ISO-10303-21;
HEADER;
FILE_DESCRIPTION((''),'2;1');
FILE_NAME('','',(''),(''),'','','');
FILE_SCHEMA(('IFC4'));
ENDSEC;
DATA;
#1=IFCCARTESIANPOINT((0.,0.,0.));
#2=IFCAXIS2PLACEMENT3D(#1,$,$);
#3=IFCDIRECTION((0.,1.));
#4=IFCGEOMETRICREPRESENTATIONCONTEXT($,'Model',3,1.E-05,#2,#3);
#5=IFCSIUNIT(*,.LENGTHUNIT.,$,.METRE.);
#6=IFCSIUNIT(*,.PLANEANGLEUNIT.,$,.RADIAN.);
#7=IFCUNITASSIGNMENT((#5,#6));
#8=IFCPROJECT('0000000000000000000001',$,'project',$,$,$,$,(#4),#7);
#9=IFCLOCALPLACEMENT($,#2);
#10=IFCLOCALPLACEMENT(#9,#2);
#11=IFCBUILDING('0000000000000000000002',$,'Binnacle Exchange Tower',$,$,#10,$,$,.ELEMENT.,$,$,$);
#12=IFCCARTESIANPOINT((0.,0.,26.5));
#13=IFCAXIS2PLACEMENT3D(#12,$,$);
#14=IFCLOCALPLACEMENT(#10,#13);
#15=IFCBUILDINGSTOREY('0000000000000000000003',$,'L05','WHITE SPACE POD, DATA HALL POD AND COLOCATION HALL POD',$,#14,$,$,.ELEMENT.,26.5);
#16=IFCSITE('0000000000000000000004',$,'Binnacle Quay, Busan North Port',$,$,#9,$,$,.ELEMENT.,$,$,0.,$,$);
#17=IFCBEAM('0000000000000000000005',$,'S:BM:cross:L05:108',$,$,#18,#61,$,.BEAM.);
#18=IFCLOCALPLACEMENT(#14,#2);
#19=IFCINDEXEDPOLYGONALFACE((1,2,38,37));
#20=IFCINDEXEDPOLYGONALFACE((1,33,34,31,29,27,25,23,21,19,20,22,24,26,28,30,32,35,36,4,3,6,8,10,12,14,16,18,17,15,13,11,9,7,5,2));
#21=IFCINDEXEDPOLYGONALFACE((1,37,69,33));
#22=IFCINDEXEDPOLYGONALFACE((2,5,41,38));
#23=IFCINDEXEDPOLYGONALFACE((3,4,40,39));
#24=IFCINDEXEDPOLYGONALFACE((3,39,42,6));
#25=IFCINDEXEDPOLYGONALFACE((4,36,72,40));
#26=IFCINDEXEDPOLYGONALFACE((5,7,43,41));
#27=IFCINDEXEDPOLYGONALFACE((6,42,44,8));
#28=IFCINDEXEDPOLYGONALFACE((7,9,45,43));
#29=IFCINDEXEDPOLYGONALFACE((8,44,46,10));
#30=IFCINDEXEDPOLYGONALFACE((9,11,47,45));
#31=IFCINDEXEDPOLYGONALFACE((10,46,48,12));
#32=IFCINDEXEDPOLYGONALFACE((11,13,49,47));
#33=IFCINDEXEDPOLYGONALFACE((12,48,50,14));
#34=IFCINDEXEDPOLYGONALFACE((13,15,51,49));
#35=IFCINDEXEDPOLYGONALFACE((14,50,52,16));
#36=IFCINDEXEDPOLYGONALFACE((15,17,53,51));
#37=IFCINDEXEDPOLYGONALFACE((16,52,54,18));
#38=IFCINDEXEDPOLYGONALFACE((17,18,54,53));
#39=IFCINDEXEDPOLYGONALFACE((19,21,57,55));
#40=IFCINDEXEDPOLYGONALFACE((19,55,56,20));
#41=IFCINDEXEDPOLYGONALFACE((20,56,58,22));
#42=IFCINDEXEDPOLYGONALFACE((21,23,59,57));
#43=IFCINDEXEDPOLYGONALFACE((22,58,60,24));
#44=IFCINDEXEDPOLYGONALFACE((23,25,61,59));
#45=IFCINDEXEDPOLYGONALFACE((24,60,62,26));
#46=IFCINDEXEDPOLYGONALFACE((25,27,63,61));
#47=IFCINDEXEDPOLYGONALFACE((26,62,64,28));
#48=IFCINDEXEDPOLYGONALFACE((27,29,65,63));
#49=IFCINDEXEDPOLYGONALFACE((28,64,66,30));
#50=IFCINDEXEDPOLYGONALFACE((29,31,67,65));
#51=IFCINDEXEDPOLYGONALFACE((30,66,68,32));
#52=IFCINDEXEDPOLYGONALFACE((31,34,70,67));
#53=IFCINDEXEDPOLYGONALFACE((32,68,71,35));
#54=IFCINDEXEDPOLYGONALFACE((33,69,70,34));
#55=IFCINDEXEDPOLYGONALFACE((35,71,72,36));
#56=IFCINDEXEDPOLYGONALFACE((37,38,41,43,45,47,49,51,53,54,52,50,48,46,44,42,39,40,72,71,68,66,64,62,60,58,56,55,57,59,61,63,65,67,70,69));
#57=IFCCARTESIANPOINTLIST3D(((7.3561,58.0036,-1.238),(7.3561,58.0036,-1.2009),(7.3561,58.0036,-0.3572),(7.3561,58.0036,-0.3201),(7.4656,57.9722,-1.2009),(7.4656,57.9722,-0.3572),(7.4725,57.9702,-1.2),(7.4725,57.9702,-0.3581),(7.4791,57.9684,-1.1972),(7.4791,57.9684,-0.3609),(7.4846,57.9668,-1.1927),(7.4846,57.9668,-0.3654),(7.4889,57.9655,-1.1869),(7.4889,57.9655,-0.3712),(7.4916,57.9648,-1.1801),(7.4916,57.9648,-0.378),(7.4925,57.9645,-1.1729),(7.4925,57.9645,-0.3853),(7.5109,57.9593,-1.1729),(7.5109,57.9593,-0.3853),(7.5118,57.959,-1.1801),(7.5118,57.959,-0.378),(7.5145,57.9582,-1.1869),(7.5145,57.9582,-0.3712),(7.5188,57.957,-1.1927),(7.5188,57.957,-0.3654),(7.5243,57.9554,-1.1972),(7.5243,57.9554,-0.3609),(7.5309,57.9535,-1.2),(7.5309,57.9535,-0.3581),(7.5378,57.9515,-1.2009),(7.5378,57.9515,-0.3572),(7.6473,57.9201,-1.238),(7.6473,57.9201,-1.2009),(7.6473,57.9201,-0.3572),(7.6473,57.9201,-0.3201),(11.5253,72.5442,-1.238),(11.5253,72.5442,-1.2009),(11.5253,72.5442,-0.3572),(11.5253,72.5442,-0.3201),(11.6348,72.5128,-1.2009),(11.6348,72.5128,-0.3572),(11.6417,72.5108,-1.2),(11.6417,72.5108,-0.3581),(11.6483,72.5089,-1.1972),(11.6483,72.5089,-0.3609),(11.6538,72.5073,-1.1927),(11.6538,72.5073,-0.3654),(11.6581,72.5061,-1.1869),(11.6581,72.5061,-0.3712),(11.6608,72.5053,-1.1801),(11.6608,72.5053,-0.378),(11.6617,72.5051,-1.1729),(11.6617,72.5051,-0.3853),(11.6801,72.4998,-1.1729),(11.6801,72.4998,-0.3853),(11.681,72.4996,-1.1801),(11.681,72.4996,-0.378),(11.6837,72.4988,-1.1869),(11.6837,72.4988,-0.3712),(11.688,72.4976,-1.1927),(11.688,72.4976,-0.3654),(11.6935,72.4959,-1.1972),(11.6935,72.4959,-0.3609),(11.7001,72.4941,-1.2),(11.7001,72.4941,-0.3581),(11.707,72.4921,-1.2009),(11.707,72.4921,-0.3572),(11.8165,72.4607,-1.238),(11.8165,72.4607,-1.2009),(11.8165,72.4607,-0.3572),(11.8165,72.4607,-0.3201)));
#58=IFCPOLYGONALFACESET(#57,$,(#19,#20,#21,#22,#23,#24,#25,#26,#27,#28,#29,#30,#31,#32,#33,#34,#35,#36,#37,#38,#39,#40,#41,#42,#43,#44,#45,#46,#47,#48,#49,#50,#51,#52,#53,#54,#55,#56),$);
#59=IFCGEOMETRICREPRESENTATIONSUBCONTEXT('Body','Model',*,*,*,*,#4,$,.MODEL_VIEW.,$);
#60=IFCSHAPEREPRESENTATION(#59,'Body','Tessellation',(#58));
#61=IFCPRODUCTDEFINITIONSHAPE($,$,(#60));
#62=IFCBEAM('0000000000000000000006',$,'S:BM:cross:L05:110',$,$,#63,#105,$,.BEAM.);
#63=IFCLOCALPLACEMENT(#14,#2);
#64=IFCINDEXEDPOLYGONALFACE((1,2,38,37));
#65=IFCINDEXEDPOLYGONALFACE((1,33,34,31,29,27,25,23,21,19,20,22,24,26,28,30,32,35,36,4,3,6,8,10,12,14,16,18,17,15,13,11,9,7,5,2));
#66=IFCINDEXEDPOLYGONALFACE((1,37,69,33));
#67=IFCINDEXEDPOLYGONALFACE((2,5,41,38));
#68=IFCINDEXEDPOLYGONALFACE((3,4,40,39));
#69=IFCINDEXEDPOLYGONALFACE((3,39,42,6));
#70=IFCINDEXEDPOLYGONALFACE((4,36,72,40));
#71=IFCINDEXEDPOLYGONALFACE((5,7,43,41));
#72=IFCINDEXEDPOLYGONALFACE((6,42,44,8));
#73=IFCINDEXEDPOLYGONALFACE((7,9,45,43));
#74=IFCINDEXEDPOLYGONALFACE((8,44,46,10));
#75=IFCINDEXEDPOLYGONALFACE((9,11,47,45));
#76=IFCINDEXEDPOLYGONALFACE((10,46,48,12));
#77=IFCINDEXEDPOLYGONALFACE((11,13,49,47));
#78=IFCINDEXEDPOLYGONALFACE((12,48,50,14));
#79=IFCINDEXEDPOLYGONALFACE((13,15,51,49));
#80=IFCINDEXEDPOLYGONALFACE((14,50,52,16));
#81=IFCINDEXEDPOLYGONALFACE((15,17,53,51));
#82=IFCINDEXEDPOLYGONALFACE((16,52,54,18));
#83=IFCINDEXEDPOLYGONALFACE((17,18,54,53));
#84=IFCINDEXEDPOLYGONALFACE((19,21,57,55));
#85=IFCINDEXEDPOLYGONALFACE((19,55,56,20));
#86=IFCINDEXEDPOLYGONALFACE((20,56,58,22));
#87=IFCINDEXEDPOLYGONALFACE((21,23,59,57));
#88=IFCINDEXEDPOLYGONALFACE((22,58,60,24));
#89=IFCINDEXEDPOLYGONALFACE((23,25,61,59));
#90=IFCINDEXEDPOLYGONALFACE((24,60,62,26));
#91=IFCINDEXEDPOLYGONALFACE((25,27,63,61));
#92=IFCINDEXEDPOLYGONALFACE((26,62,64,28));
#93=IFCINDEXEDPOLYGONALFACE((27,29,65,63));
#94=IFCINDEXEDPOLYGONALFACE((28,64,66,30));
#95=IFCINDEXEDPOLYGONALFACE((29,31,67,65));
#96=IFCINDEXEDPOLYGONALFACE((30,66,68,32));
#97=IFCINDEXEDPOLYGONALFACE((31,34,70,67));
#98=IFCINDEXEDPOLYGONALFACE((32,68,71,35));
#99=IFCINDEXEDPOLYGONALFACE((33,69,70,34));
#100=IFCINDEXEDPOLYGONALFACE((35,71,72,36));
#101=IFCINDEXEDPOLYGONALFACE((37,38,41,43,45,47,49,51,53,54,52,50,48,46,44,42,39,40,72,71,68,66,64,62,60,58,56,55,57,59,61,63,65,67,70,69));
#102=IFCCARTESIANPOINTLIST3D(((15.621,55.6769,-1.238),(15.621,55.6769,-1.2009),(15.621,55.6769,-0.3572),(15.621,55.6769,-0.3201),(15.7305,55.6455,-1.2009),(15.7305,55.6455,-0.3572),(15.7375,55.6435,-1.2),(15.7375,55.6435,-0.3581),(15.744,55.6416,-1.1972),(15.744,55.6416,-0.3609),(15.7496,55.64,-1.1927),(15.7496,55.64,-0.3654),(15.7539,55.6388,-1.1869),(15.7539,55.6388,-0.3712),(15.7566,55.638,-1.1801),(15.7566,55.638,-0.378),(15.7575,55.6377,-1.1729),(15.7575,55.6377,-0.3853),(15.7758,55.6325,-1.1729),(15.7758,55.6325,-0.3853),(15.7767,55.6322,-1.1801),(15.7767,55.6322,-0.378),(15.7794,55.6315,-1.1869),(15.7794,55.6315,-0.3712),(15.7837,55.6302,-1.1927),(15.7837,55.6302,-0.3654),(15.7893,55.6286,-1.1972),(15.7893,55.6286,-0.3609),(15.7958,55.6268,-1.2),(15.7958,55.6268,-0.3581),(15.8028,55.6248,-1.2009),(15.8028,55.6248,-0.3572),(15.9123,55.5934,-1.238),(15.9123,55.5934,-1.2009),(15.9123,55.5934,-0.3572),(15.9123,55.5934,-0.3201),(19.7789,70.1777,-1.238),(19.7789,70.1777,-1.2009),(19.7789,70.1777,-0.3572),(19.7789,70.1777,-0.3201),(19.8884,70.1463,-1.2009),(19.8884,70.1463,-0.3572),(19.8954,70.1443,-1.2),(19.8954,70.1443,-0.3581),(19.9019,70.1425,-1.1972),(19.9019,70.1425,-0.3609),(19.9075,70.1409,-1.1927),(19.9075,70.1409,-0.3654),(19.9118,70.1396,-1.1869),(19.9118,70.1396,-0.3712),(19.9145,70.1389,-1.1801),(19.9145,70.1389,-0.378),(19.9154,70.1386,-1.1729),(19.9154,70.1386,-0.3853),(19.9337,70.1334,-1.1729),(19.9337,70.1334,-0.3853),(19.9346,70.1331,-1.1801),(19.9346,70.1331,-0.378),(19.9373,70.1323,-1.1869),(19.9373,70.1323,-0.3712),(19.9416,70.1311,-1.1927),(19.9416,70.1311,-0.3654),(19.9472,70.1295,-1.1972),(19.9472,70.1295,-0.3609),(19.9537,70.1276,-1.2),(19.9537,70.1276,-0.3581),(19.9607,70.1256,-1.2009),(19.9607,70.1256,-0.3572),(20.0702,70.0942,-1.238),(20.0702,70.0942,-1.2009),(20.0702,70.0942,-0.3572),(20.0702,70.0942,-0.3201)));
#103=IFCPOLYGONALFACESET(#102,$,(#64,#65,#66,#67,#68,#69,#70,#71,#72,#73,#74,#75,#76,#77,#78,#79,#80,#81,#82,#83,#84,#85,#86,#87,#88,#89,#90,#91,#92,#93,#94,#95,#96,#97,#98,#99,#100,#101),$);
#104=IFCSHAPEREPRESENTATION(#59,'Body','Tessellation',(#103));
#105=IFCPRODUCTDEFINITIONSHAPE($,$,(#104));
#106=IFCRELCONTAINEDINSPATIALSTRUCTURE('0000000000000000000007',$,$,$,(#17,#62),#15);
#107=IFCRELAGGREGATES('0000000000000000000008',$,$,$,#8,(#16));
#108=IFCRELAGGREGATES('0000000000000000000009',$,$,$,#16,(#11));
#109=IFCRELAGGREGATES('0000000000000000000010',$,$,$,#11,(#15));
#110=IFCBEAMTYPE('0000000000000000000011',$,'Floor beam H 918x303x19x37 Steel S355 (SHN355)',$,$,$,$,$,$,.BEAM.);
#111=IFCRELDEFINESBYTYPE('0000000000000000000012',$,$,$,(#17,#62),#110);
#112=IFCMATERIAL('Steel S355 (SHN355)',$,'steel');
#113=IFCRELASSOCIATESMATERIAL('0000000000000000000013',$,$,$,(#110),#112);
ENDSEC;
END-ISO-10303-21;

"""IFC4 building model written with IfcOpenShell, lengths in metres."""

from ifc_helpers import new_model, si_unit, direction, frame, origin, origin_2d, place, context, subcontext, project, spatial, i_section, extrude, material, material_profile, profile_set, type_object, element, save


model = new_model("IFC4")

# Units and contexts
model_context = context("Model", 3, precision=1e-05, world=origin(), true_north=direction((0.0, 1.0)))
body_context = subcontext(model_context, "Body", "Model", "MODEL_VIEW")
ifc_project = project(units=[si_unit("LENGTHUNIT", "METRE"), si_unit("PLANEANGLEUNIT", "RADIAN")], contexts=[model_context])

# Site, building, storey
site_placement = place(None, origin())
site = spatial("IfcSite", under=ifc_project, at=site_placement, Name="Binnacle Quay, Busan North Port", CompositionType="ELEMENT", RefElevation=0.0)
building_placement = place(site_placement, origin())
building = spatial("IfcBuilding", under=site, at=building_placement, Name="Binnacle Exchange Tower", CompositionType="ELEMENT")
storey_placement = place(building_placement, frame((0.0, 0.0, 26.5)))
storey = spatial("IfcBuildingStorey", under=building, at=storey_placement, Name="L05", Description="WHITE SPACE POD, DATA HALL POD AND COLOCATION HALL POD", CompositionType="ELEMENT", Elevation=26.5)

# Beams
ifc_material_1 = material(Name="Steel S355 (SHN355)", Category="steel")
ifc_material_profile_1 = material_profile(ifc_material_1, i_section(OverallWidth=0.303, OverallDepth=0.918, WebThickness=0.019, FlangeThickness=0.0371, FilletRadius=0.0281, at=origin_2d()), Name="H 918x303x19x37")
ifc_profile_set_1 = profile_set([ifc_material_profile_1], Name="Steel S355 (SHN355)")
beam_type_1 = type_object("IfcBeamType", Name="Floor beam H 918x303x19x37 Steel S355 (SHN355)", PredefinedType="BEAM", material=ifc_profile_set_1)
beam_1_placement = place(storey_placement, frame((11.6709, 72.5024, -0.7791), z_axis=(-0.275623, -0.961266, 0.0), x_axis=(0.961266, -0.275623, 0.0)))
element("IfcBeam", 1, at=beam_1_placement, inside=storey, type_object=beam_type_1, Name="S:BM:cross:L05:108", PredefinedType="BEAM", context=body_context, shape_type="SweptSolid", body=[
    extrude(i_section(OverallWidth=0.303, OverallDepth=0.918, WebThickness=0.019, FlangeThickness=0.0371, FilletRadius=0.0281, at=origin_2d()), origin(), (0.0, 0.0, 1.0), 15.1265),
])
beam_2_placement = place(storey_placement, frame((19.9246, 70.136, -0.7791), z_axis=(-0.275629, -0.961264, 0.0), x_axis=(0.961264, -0.275629, 0.0)))
element("IfcBeam", 2, at=beam_2_placement, inside=storey, type_object=beam_type_1, Name="S:BM:cross:L05:110", PredefinedType="BEAM", context=body_context, shape_type="SweptSolid", body=[
    extrude(i_section(OverallWidth=0.303, OverallDepth=0.918, WebThickness=0.019, FlangeThickness=0.0371, FilletRadius=0.0281, at=origin_2d()), origin(), (0.0, 0.0, 1.0), 15.0852),
])

save(model, "model.ifc")
